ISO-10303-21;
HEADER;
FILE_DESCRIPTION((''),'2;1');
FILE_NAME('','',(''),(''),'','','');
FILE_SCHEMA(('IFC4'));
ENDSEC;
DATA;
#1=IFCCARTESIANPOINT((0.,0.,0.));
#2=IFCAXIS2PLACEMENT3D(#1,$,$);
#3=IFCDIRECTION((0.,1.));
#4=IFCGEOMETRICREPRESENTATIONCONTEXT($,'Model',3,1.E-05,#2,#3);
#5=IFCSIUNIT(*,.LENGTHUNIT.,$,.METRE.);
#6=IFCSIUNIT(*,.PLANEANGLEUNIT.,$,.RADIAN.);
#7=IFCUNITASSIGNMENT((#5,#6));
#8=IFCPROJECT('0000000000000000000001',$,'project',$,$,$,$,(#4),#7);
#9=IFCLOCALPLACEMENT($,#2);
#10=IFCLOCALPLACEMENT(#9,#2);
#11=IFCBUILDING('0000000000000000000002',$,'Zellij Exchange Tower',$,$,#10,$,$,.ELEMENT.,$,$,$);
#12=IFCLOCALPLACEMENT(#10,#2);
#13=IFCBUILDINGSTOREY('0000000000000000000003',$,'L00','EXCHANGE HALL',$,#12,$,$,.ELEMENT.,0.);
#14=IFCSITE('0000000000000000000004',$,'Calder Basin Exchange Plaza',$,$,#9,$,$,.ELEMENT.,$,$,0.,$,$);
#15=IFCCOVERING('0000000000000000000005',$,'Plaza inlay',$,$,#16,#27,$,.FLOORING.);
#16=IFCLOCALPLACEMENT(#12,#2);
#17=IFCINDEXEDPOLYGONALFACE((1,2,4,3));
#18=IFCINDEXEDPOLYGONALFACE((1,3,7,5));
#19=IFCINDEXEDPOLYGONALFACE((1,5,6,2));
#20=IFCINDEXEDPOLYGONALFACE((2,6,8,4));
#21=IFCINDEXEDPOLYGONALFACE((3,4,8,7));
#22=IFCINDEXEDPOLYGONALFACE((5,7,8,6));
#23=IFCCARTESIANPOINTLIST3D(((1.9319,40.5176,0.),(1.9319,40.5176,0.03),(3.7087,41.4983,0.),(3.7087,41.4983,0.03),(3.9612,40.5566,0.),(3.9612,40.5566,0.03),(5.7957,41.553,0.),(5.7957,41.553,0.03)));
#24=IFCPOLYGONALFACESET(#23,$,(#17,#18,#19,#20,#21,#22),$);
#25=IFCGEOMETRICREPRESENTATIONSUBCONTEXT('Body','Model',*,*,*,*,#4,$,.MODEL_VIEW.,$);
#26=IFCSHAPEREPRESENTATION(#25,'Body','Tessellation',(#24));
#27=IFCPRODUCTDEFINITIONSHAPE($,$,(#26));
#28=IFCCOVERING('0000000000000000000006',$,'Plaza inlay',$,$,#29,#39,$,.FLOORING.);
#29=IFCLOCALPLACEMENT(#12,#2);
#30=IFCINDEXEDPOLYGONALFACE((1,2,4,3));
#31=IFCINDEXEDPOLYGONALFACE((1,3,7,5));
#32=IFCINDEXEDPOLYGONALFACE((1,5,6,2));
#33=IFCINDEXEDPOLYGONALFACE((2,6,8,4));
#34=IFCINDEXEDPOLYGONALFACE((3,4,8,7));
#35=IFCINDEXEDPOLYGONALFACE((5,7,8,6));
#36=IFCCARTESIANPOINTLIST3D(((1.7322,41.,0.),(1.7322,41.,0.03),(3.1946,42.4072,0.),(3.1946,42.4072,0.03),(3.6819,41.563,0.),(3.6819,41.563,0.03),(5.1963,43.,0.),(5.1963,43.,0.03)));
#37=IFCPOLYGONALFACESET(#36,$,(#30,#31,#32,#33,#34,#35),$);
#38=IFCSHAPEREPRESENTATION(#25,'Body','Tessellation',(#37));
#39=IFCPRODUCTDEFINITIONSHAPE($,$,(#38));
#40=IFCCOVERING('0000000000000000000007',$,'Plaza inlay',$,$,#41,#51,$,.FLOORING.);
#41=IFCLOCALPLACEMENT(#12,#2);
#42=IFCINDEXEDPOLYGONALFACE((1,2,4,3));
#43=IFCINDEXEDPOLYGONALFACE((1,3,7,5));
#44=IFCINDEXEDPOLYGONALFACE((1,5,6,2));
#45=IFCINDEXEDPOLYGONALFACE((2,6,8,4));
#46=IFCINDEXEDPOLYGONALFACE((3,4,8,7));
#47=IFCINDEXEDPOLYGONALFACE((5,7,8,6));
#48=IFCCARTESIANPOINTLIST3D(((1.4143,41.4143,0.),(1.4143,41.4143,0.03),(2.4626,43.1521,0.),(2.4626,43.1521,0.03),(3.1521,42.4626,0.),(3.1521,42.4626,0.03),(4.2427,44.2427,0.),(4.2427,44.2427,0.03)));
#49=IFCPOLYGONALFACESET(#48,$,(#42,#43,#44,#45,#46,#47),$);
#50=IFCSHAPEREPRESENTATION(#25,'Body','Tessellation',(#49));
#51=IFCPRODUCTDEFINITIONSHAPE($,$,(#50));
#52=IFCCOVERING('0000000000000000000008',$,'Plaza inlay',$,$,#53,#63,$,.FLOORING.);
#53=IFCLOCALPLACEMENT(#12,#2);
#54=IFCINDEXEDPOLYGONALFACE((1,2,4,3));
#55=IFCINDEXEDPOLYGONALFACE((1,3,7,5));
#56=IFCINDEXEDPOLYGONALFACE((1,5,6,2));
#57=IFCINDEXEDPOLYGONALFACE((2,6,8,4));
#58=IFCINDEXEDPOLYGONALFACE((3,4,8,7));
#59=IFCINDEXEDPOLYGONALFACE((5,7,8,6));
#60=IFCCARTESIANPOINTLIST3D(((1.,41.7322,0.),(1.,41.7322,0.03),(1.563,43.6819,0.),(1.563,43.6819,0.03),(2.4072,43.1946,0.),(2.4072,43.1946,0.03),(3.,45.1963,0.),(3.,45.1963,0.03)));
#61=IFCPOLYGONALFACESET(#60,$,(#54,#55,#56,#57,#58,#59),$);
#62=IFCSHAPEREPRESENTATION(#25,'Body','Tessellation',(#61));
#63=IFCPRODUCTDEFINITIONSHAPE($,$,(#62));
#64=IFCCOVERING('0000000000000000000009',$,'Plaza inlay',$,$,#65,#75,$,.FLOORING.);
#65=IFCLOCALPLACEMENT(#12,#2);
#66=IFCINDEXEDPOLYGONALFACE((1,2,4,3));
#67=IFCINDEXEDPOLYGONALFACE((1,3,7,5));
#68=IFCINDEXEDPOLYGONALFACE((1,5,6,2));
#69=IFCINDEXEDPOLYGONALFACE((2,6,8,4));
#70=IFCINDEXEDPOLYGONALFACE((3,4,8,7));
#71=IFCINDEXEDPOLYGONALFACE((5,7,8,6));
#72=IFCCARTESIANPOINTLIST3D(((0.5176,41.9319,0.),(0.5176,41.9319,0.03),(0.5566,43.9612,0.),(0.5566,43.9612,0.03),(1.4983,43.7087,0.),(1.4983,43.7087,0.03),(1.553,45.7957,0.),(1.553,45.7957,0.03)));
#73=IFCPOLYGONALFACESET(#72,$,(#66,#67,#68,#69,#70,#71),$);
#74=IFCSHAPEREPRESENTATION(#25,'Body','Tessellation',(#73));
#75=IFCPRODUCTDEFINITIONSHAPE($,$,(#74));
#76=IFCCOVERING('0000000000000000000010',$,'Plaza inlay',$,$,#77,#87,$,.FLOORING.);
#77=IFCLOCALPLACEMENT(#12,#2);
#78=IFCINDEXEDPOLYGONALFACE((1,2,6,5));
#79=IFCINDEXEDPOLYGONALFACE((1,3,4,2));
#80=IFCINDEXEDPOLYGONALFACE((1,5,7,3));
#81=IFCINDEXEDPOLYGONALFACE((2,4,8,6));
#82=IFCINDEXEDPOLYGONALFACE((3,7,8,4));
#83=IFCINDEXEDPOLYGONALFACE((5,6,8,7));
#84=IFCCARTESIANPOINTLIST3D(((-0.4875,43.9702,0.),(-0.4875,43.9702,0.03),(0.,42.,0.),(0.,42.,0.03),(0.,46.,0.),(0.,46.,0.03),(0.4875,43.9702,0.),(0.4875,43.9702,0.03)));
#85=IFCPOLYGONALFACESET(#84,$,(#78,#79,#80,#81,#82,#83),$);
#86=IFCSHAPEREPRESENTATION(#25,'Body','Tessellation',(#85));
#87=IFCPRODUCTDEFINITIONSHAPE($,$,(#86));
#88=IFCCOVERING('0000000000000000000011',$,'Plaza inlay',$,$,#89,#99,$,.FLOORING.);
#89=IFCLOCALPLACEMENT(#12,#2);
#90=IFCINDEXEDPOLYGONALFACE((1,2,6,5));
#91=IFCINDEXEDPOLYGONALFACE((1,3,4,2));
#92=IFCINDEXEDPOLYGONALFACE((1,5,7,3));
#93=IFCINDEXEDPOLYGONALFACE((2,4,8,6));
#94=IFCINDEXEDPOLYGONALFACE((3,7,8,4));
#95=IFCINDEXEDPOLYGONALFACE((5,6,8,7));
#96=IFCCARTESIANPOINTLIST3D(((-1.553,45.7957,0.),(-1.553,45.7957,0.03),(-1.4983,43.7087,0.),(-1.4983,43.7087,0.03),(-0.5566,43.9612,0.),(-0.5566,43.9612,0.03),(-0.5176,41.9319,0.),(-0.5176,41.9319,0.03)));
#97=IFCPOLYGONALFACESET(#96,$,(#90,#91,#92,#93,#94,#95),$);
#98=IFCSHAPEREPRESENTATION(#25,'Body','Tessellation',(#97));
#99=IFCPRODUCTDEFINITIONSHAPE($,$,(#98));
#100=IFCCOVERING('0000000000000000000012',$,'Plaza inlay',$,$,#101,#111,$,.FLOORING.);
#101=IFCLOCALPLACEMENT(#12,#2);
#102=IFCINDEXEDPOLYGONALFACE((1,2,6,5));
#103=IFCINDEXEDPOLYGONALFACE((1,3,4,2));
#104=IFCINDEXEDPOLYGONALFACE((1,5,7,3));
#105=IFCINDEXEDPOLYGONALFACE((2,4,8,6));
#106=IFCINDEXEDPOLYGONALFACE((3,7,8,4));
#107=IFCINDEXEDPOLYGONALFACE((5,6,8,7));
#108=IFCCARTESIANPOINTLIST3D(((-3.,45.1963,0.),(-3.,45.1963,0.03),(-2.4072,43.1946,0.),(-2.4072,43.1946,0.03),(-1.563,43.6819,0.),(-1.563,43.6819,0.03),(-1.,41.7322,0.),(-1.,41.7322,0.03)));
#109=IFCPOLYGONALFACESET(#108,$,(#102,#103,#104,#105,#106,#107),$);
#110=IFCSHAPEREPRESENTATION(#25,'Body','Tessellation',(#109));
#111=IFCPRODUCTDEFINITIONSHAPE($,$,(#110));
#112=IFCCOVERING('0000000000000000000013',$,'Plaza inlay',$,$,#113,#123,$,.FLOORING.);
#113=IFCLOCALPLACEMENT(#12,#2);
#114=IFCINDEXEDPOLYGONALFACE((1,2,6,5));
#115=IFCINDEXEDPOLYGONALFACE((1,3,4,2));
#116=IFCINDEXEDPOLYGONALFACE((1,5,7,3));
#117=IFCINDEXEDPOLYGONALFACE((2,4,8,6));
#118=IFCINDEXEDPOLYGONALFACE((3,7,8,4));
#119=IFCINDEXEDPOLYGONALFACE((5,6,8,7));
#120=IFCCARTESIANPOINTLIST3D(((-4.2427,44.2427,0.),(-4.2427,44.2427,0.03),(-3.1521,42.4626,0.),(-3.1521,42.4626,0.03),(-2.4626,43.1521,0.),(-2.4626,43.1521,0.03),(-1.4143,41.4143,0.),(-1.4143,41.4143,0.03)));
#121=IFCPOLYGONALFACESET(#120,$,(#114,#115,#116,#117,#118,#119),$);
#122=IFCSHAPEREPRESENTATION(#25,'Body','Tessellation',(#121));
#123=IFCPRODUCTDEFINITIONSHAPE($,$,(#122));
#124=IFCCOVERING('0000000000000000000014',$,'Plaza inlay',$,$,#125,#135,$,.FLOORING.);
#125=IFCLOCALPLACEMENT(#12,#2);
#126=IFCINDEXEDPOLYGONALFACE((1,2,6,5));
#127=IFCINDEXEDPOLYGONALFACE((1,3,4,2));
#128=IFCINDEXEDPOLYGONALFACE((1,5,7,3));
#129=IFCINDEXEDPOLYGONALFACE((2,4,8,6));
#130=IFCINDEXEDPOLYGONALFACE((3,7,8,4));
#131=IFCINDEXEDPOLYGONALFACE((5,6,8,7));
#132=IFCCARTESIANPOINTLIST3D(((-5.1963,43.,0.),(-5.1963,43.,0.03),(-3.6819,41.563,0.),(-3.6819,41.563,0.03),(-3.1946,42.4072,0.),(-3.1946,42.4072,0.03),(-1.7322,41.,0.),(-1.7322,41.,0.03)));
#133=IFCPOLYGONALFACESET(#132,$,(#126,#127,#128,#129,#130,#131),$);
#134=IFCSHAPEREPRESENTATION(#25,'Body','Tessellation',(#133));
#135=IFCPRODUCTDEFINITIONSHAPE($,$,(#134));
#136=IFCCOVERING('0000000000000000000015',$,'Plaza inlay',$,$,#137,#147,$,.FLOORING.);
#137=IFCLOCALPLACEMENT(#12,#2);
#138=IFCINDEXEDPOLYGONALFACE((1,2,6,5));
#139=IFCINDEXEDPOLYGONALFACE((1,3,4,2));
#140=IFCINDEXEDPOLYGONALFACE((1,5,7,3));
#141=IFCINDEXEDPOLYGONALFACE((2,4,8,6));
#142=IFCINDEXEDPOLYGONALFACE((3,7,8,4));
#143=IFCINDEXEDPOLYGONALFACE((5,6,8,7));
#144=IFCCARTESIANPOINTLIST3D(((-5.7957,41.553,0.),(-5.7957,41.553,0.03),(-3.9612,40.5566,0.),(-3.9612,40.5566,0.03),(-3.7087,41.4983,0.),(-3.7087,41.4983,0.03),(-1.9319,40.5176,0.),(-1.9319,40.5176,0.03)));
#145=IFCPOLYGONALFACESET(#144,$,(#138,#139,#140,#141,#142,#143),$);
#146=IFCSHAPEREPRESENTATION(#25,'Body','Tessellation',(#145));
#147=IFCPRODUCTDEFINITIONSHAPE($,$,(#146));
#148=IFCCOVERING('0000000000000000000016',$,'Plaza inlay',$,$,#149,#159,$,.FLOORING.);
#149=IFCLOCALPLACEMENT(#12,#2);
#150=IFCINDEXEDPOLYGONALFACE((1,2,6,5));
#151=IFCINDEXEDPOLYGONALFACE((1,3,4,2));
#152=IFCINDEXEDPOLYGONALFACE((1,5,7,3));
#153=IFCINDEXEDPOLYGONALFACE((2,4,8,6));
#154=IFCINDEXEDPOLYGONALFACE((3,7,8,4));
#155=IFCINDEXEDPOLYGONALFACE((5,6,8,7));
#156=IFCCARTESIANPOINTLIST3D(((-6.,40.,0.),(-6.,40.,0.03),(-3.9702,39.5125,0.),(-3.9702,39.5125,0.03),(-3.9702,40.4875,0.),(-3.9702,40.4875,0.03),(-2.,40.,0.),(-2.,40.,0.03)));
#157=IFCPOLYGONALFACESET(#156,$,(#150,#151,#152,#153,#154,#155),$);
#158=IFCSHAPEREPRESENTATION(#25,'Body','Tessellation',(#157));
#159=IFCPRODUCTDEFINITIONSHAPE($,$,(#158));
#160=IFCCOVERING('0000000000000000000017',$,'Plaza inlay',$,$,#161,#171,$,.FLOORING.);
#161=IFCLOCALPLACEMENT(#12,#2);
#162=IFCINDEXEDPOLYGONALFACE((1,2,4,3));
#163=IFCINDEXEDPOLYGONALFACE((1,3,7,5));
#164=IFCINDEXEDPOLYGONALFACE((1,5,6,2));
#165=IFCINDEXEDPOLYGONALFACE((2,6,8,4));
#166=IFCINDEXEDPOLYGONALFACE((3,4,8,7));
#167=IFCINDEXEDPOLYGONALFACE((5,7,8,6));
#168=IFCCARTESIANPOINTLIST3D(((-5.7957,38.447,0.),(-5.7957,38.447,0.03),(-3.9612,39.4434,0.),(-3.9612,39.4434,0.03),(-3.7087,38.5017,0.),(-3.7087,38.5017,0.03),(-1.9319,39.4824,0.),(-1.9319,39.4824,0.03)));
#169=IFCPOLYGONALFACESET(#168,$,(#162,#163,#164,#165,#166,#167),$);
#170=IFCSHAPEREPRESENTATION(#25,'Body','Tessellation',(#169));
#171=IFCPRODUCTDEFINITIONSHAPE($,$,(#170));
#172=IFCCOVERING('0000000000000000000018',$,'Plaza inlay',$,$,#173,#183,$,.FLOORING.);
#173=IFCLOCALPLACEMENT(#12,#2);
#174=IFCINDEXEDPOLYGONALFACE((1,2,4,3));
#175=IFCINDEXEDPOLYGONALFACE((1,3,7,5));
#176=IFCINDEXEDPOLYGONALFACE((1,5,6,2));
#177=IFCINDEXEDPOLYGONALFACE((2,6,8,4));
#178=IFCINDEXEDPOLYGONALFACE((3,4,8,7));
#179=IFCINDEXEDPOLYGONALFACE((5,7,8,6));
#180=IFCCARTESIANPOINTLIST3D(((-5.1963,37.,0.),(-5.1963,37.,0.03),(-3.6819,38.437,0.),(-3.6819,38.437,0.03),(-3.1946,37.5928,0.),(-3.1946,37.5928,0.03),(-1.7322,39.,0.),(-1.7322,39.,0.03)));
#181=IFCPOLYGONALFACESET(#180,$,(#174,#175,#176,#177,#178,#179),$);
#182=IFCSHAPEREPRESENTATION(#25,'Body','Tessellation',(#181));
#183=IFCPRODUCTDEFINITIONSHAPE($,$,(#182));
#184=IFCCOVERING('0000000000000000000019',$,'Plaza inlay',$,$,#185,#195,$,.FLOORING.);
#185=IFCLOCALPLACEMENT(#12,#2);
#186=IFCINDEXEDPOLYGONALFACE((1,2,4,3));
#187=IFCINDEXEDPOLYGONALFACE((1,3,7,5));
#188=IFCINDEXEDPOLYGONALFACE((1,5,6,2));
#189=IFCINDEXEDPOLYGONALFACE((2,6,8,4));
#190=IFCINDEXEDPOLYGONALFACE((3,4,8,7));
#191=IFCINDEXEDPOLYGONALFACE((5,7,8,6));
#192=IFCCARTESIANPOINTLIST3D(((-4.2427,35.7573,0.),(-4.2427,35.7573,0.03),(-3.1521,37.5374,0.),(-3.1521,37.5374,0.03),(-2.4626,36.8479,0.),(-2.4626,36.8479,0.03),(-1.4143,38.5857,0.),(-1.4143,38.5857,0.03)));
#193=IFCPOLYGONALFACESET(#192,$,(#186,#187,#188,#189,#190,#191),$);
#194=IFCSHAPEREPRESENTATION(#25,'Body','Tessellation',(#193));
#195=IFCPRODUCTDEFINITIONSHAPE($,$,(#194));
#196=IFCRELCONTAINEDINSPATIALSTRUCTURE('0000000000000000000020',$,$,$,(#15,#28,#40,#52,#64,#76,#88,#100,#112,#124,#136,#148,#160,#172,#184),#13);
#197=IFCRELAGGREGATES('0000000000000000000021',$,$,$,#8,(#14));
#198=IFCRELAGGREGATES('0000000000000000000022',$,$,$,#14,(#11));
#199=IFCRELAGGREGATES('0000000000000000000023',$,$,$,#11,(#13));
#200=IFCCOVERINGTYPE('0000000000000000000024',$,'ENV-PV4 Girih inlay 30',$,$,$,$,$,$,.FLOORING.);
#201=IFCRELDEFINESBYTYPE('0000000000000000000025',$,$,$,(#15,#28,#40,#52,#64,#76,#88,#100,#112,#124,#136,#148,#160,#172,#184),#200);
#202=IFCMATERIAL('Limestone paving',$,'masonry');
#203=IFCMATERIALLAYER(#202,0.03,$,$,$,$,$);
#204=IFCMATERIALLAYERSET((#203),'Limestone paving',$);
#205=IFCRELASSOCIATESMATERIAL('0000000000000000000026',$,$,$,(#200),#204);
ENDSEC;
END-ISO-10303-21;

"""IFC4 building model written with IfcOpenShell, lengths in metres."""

from ifc_helpers import new_model, si_unit, direction, origin, place, context, subcontext, project, spatial, polyline, outline, extrude, material, layer, layer_set, type_object, element, save


model = new_model("IFC4")

# Units and contexts
model_context = context("Model", 3, precision=1e-05, world=origin(), true_north=direction((0.0, 1.0)))
body_context = subcontext(model_context, "Body", "Model", "MODEL_VIEW")
ifc_project = project(units=[si_unit("LENGTHUNIT", "METRE"), si_unit("PLANEANGLEUNIT", "RADIAN")], contexts=[model_context])

# Site, building, storey
site_placement = place(None, origin())
site = spatial("IfcSite", under=ifc_project, at=site_placement, Name="Calder Basin Exchange Plaza", CompositionType="ELEMENT", RefElevation=0.0)
building_placement = place(site_placement, origin())
building = spatial("IfcBuilding", under=site, at=building_placement, Name="Zellij Exchange Tower", CompositionType="ELEMENT")
storey_placement = place(building_placement, origin())
storey = spatial("IfcBuildingStorey", under=building, at=storey_placement, Name="L00", Description="EXCHANGE HALL", CompositionType="ELEMENT", Elevation=0.0)

# Coverings
ifc_material = material(Name="Limestone paving", Category="masonry")
ifc_layer = layer(ifc_material, 0.03)
ifc_layer_set = layer_set([ifc_layer], Name="Limestone paving")
covering_type = type_object("IfcCoveringType", Name="ENV-PV4 Girih inlay 30", PredefinedType="FLOORING", material=ifc_layer_set)
covering_1_placement = place(storey_placement, origin())
element("IfcCovering", 1, at=covering_1_placement, inside=storey, type_object=covering_type, Name="Plaza inlay", PredefinedType="FLOORING", context=body_context, shape_type="SweptSolid", body=[
    extrude(outline(polyline([(1.9319, 40.5176), (3.7087, 41.4983), (5.7957, 41.553), (3.9612, 40.5566), (1.9319, 40.5176)])), origin(), (0.0, 0.0, 1.0), 0.03),
])
covering_2_placement = place(storey_placement, origin())
element("IfcCovering", 2, at=covering_2_placement, inside=storey, type_object=covering_type, Name="Plaza inlay", PredefinedType="FLOORING", context=body_context, shape_type="SweptSolid", body=[
    extrude(outline(polyline([(1.7322, 41.0), (3.1946, 42.4072), (5.1963, 43.0), (3.6819, 41.563), (1.7322, 41.0)])), origin(), (0.0, 0.0, 1.0), 0.03),
])
covering_3_placement = place(storey_placement, origin())
element("IfcCovering", 3, at=covering_3_placement, inside=storey, type_object=covering_type, Name="Plaza inlay", PredefinedType="FLOORING", context=body_context, shape_type="SweptSolid", body=[
    extrude(outline(polyline([(1.4143, 41.4143), (2.4626, 43.1521), (4.2427, 44.2427), (3.1521, 42.4626), (1.4143, 41.4143)])), origin(), (0.0, 0.0, 1.0), 0.03),
])
covering_4_placement = place(storey_placement, origin())
element("IfcCovering", 4, at=covering_4_placement, inside=storey, type_object=covering_type, Name="Plaza inlay", PredefinedType="FLOORING", context=body_context, shape_type="SweptSolid", body=[
    extrude(outline(polyline([(1.0, 41.7322), (1.563, 43.6819), (3.0, 45.1963), (2.4072, 43.1946), (1.0, 41.7322)])), origin(), (0.0, 0.0, 1.0), 0.03),
])
covering_5_placement = place(storey_placement, origin())
element("IfcCovering", 5, at=covering_5_placement, inside=storey, type_object=covering_type, Name="Plaza inlay", PredefinedType="FLOORING", context=body_context, shape_type="SweptSolid", body=[
    extrude(outline(polyline([(0.5176, 41.9319), (0.5566, 43.9612), (1.553, 45.7957), (1.4983, 43.7087), (0.5176, 41.9319)])), origin(), (0.0, 0.0, 1.0), 0.03),
])
covering_6_placement = place(storey_placement, origin())
element("IfcCovering", 6, at=covering_6_placement, inside=storey, type_object=covering_type, Name="Plaza inlay", PredefinedType="FLOORING", context=body_context, shape_type="SweptSolid", body=[
    extrude(outline(polyline([(0.0, 42.0), (-0.4875, 43.9702), (0.0, 46.0), (0.4875, 43.9702), (0.0, 42.0)])), origin(), (0.0, 0.0, 1.0), 0.03),
])
covering_7_placement = place(storey_placement, origin())
element("IfcCovering", 7, at=covering_7_placement, inside=storey, type_object=covering_type, Name="Plaza inlay", PredefinedType="FLOORING", context=body_context, shape_type="SweptSolid", body=[
    extrude(outline(polyline([(-0.5176, 41.9319), (-1.4983, 43.7087), (-1.553, 45.7957), (-0.5566, 43.9612), (-0.5176, 41.9319)])), origin(), (0.0, 0.0, 1.0), 0.03),
])
covering_8_placement = place(storey_placement, origin())
element("IfcCovering", 8, at=covering_8_placement, inside=storey, type_object=covering_type, Name="Plaza inlay", PredefinedType="FLOORING", context=body_context, shape_type="SweptSolid", body=[
    extrude(outline(polyline([(-1.0, 41.7322), (-2.4072, 43.1946), (-3.0, 45.1963), (-1.563, 43.6819), (-1.0, 41.7322)])), origin(), (0.0, 0.0, 1.0), 0.03),
])
covering_9_placement = place(storey_placement, origin())
element("IfcCovering", 9, at=covering_9_placement, inside=storey, type_object=covering_type, Name="Plaza inlay", PredefinedType="FLOORING", context=body_context, shape_type="SweptSolid", body=[
    extrude(outline(polyline([(-1.4143, 41.4143), (-3.1521, 42.4626), (-4.2427, 44.2427), (-2.4626, 43.1521), (-1.4143, 41.4143)])), origin(), (0.0, 0.0, 1.0), 0.03),
])
covering_10_placement = place(storey_placement, origin())
element("IfcCovering", 10, at=covering_10_placement, inside=storey, type_object=covering_type, Name="Plaza inlay", PredefinedType="FLOORING", context=body_context, shape_type="SweptSolid", body=[
    extrude(outline(polyline([(-1.7322, 41.0), (-3.6819, 41.563), (-5.1963, 43.0), (-3.1946, 42.4072), (-1.7322, 41.0)])), origin(), (0.0, 0.0, 1.0), 0.03),
])
covering_11_placement = place(storey_placement, origin())
element("IfcCovering", 11, at=covering_11_placement, inside=storey, type_object=covering_type, Name="Plaza inlay", PredefinedType="FLOORING", context=body_context, shape_type="SweptSolid", body=[
    extrude(outline(polyline([(-1.9319, 40.5176), (-3.9612, 40.5566), (-5.7957, 41.553), (-3.7087, 41.4983), (-1.9319, 40.5176)])), origin(), (0.0, 0.0, 1.0), 0.03),
])
covering_12_placement = place(storey_placement, origin())
element("IfcCovering", 12, at=covering_12_placement, inside=storey, type_object=covering_type, Name="Plaza inlay", PredefinedType="FLOORING", context=body_context, shape_type="SweptSolid", body=[
    extrude(outline(polyline([(-2.0, 40.0), (-3.9702, 39.5125), (-6.0, 40.0), (-3.9702, 40.4875), (-2.0, 40.0)])), origin(), (0.0, 0.0, 1.0), 0.03),
])
covering_13_placement = place(storey_placement, origin())
element("IfcCovering", 13, at=covering_13_placement, inside=storey, type_object=covering_type, Name="Plaza inlay", PredefinedType="FLOORING", context=body_context, shape_type="SweptSolid", body=[
    extrude(outline(polyline([(-1.9319, 39.4824), (-3.7087, 38.5017), (-5.7957, 38.447), (-3.9612, 39.4434), (-1.9319, 39.4824)])), origin(), (0.0, 0.0, 1.0), 0.03),
])
covering_14_placement = place(storey_placement, origin())
element("IfcCovering", 14, at=covering_14_placement, inside=storey, type_object=covering_type, Name="Plaza inlay", PredefinedType="FLOORING", context=body_context, shape_type="SweptSolid", body=[
    extrude(outline(polyline([(-1.7322, 39.0), (-3.1946, 37.5928), (-5.1963, 37.0), (-3.6819, 38.437), (-1.7322, 39.0)])), origin(), (0.0, 0.0, 1.0), 0.03),
])
covering_15_placement = place(storey_placement, origin())
element("IfcCovering", 15, at=covering_15_placement, inside=storey, type_object=covering_type, Name="Plaza inlay", PredefinedType="FLOORING", context=body_context, shape_type="SweptSolid", body=[
    extrude(outline(polyline([(-1.4143, 38.5857), (-2.4626, 36.8479), (-4.2427, 35.7573), (-3.1521, 37.5374), (-1.4143, 38.5857)])), origin(), (0.0, 0.0, 1.0), 0.03),
])

save(model, "model.ifc")
